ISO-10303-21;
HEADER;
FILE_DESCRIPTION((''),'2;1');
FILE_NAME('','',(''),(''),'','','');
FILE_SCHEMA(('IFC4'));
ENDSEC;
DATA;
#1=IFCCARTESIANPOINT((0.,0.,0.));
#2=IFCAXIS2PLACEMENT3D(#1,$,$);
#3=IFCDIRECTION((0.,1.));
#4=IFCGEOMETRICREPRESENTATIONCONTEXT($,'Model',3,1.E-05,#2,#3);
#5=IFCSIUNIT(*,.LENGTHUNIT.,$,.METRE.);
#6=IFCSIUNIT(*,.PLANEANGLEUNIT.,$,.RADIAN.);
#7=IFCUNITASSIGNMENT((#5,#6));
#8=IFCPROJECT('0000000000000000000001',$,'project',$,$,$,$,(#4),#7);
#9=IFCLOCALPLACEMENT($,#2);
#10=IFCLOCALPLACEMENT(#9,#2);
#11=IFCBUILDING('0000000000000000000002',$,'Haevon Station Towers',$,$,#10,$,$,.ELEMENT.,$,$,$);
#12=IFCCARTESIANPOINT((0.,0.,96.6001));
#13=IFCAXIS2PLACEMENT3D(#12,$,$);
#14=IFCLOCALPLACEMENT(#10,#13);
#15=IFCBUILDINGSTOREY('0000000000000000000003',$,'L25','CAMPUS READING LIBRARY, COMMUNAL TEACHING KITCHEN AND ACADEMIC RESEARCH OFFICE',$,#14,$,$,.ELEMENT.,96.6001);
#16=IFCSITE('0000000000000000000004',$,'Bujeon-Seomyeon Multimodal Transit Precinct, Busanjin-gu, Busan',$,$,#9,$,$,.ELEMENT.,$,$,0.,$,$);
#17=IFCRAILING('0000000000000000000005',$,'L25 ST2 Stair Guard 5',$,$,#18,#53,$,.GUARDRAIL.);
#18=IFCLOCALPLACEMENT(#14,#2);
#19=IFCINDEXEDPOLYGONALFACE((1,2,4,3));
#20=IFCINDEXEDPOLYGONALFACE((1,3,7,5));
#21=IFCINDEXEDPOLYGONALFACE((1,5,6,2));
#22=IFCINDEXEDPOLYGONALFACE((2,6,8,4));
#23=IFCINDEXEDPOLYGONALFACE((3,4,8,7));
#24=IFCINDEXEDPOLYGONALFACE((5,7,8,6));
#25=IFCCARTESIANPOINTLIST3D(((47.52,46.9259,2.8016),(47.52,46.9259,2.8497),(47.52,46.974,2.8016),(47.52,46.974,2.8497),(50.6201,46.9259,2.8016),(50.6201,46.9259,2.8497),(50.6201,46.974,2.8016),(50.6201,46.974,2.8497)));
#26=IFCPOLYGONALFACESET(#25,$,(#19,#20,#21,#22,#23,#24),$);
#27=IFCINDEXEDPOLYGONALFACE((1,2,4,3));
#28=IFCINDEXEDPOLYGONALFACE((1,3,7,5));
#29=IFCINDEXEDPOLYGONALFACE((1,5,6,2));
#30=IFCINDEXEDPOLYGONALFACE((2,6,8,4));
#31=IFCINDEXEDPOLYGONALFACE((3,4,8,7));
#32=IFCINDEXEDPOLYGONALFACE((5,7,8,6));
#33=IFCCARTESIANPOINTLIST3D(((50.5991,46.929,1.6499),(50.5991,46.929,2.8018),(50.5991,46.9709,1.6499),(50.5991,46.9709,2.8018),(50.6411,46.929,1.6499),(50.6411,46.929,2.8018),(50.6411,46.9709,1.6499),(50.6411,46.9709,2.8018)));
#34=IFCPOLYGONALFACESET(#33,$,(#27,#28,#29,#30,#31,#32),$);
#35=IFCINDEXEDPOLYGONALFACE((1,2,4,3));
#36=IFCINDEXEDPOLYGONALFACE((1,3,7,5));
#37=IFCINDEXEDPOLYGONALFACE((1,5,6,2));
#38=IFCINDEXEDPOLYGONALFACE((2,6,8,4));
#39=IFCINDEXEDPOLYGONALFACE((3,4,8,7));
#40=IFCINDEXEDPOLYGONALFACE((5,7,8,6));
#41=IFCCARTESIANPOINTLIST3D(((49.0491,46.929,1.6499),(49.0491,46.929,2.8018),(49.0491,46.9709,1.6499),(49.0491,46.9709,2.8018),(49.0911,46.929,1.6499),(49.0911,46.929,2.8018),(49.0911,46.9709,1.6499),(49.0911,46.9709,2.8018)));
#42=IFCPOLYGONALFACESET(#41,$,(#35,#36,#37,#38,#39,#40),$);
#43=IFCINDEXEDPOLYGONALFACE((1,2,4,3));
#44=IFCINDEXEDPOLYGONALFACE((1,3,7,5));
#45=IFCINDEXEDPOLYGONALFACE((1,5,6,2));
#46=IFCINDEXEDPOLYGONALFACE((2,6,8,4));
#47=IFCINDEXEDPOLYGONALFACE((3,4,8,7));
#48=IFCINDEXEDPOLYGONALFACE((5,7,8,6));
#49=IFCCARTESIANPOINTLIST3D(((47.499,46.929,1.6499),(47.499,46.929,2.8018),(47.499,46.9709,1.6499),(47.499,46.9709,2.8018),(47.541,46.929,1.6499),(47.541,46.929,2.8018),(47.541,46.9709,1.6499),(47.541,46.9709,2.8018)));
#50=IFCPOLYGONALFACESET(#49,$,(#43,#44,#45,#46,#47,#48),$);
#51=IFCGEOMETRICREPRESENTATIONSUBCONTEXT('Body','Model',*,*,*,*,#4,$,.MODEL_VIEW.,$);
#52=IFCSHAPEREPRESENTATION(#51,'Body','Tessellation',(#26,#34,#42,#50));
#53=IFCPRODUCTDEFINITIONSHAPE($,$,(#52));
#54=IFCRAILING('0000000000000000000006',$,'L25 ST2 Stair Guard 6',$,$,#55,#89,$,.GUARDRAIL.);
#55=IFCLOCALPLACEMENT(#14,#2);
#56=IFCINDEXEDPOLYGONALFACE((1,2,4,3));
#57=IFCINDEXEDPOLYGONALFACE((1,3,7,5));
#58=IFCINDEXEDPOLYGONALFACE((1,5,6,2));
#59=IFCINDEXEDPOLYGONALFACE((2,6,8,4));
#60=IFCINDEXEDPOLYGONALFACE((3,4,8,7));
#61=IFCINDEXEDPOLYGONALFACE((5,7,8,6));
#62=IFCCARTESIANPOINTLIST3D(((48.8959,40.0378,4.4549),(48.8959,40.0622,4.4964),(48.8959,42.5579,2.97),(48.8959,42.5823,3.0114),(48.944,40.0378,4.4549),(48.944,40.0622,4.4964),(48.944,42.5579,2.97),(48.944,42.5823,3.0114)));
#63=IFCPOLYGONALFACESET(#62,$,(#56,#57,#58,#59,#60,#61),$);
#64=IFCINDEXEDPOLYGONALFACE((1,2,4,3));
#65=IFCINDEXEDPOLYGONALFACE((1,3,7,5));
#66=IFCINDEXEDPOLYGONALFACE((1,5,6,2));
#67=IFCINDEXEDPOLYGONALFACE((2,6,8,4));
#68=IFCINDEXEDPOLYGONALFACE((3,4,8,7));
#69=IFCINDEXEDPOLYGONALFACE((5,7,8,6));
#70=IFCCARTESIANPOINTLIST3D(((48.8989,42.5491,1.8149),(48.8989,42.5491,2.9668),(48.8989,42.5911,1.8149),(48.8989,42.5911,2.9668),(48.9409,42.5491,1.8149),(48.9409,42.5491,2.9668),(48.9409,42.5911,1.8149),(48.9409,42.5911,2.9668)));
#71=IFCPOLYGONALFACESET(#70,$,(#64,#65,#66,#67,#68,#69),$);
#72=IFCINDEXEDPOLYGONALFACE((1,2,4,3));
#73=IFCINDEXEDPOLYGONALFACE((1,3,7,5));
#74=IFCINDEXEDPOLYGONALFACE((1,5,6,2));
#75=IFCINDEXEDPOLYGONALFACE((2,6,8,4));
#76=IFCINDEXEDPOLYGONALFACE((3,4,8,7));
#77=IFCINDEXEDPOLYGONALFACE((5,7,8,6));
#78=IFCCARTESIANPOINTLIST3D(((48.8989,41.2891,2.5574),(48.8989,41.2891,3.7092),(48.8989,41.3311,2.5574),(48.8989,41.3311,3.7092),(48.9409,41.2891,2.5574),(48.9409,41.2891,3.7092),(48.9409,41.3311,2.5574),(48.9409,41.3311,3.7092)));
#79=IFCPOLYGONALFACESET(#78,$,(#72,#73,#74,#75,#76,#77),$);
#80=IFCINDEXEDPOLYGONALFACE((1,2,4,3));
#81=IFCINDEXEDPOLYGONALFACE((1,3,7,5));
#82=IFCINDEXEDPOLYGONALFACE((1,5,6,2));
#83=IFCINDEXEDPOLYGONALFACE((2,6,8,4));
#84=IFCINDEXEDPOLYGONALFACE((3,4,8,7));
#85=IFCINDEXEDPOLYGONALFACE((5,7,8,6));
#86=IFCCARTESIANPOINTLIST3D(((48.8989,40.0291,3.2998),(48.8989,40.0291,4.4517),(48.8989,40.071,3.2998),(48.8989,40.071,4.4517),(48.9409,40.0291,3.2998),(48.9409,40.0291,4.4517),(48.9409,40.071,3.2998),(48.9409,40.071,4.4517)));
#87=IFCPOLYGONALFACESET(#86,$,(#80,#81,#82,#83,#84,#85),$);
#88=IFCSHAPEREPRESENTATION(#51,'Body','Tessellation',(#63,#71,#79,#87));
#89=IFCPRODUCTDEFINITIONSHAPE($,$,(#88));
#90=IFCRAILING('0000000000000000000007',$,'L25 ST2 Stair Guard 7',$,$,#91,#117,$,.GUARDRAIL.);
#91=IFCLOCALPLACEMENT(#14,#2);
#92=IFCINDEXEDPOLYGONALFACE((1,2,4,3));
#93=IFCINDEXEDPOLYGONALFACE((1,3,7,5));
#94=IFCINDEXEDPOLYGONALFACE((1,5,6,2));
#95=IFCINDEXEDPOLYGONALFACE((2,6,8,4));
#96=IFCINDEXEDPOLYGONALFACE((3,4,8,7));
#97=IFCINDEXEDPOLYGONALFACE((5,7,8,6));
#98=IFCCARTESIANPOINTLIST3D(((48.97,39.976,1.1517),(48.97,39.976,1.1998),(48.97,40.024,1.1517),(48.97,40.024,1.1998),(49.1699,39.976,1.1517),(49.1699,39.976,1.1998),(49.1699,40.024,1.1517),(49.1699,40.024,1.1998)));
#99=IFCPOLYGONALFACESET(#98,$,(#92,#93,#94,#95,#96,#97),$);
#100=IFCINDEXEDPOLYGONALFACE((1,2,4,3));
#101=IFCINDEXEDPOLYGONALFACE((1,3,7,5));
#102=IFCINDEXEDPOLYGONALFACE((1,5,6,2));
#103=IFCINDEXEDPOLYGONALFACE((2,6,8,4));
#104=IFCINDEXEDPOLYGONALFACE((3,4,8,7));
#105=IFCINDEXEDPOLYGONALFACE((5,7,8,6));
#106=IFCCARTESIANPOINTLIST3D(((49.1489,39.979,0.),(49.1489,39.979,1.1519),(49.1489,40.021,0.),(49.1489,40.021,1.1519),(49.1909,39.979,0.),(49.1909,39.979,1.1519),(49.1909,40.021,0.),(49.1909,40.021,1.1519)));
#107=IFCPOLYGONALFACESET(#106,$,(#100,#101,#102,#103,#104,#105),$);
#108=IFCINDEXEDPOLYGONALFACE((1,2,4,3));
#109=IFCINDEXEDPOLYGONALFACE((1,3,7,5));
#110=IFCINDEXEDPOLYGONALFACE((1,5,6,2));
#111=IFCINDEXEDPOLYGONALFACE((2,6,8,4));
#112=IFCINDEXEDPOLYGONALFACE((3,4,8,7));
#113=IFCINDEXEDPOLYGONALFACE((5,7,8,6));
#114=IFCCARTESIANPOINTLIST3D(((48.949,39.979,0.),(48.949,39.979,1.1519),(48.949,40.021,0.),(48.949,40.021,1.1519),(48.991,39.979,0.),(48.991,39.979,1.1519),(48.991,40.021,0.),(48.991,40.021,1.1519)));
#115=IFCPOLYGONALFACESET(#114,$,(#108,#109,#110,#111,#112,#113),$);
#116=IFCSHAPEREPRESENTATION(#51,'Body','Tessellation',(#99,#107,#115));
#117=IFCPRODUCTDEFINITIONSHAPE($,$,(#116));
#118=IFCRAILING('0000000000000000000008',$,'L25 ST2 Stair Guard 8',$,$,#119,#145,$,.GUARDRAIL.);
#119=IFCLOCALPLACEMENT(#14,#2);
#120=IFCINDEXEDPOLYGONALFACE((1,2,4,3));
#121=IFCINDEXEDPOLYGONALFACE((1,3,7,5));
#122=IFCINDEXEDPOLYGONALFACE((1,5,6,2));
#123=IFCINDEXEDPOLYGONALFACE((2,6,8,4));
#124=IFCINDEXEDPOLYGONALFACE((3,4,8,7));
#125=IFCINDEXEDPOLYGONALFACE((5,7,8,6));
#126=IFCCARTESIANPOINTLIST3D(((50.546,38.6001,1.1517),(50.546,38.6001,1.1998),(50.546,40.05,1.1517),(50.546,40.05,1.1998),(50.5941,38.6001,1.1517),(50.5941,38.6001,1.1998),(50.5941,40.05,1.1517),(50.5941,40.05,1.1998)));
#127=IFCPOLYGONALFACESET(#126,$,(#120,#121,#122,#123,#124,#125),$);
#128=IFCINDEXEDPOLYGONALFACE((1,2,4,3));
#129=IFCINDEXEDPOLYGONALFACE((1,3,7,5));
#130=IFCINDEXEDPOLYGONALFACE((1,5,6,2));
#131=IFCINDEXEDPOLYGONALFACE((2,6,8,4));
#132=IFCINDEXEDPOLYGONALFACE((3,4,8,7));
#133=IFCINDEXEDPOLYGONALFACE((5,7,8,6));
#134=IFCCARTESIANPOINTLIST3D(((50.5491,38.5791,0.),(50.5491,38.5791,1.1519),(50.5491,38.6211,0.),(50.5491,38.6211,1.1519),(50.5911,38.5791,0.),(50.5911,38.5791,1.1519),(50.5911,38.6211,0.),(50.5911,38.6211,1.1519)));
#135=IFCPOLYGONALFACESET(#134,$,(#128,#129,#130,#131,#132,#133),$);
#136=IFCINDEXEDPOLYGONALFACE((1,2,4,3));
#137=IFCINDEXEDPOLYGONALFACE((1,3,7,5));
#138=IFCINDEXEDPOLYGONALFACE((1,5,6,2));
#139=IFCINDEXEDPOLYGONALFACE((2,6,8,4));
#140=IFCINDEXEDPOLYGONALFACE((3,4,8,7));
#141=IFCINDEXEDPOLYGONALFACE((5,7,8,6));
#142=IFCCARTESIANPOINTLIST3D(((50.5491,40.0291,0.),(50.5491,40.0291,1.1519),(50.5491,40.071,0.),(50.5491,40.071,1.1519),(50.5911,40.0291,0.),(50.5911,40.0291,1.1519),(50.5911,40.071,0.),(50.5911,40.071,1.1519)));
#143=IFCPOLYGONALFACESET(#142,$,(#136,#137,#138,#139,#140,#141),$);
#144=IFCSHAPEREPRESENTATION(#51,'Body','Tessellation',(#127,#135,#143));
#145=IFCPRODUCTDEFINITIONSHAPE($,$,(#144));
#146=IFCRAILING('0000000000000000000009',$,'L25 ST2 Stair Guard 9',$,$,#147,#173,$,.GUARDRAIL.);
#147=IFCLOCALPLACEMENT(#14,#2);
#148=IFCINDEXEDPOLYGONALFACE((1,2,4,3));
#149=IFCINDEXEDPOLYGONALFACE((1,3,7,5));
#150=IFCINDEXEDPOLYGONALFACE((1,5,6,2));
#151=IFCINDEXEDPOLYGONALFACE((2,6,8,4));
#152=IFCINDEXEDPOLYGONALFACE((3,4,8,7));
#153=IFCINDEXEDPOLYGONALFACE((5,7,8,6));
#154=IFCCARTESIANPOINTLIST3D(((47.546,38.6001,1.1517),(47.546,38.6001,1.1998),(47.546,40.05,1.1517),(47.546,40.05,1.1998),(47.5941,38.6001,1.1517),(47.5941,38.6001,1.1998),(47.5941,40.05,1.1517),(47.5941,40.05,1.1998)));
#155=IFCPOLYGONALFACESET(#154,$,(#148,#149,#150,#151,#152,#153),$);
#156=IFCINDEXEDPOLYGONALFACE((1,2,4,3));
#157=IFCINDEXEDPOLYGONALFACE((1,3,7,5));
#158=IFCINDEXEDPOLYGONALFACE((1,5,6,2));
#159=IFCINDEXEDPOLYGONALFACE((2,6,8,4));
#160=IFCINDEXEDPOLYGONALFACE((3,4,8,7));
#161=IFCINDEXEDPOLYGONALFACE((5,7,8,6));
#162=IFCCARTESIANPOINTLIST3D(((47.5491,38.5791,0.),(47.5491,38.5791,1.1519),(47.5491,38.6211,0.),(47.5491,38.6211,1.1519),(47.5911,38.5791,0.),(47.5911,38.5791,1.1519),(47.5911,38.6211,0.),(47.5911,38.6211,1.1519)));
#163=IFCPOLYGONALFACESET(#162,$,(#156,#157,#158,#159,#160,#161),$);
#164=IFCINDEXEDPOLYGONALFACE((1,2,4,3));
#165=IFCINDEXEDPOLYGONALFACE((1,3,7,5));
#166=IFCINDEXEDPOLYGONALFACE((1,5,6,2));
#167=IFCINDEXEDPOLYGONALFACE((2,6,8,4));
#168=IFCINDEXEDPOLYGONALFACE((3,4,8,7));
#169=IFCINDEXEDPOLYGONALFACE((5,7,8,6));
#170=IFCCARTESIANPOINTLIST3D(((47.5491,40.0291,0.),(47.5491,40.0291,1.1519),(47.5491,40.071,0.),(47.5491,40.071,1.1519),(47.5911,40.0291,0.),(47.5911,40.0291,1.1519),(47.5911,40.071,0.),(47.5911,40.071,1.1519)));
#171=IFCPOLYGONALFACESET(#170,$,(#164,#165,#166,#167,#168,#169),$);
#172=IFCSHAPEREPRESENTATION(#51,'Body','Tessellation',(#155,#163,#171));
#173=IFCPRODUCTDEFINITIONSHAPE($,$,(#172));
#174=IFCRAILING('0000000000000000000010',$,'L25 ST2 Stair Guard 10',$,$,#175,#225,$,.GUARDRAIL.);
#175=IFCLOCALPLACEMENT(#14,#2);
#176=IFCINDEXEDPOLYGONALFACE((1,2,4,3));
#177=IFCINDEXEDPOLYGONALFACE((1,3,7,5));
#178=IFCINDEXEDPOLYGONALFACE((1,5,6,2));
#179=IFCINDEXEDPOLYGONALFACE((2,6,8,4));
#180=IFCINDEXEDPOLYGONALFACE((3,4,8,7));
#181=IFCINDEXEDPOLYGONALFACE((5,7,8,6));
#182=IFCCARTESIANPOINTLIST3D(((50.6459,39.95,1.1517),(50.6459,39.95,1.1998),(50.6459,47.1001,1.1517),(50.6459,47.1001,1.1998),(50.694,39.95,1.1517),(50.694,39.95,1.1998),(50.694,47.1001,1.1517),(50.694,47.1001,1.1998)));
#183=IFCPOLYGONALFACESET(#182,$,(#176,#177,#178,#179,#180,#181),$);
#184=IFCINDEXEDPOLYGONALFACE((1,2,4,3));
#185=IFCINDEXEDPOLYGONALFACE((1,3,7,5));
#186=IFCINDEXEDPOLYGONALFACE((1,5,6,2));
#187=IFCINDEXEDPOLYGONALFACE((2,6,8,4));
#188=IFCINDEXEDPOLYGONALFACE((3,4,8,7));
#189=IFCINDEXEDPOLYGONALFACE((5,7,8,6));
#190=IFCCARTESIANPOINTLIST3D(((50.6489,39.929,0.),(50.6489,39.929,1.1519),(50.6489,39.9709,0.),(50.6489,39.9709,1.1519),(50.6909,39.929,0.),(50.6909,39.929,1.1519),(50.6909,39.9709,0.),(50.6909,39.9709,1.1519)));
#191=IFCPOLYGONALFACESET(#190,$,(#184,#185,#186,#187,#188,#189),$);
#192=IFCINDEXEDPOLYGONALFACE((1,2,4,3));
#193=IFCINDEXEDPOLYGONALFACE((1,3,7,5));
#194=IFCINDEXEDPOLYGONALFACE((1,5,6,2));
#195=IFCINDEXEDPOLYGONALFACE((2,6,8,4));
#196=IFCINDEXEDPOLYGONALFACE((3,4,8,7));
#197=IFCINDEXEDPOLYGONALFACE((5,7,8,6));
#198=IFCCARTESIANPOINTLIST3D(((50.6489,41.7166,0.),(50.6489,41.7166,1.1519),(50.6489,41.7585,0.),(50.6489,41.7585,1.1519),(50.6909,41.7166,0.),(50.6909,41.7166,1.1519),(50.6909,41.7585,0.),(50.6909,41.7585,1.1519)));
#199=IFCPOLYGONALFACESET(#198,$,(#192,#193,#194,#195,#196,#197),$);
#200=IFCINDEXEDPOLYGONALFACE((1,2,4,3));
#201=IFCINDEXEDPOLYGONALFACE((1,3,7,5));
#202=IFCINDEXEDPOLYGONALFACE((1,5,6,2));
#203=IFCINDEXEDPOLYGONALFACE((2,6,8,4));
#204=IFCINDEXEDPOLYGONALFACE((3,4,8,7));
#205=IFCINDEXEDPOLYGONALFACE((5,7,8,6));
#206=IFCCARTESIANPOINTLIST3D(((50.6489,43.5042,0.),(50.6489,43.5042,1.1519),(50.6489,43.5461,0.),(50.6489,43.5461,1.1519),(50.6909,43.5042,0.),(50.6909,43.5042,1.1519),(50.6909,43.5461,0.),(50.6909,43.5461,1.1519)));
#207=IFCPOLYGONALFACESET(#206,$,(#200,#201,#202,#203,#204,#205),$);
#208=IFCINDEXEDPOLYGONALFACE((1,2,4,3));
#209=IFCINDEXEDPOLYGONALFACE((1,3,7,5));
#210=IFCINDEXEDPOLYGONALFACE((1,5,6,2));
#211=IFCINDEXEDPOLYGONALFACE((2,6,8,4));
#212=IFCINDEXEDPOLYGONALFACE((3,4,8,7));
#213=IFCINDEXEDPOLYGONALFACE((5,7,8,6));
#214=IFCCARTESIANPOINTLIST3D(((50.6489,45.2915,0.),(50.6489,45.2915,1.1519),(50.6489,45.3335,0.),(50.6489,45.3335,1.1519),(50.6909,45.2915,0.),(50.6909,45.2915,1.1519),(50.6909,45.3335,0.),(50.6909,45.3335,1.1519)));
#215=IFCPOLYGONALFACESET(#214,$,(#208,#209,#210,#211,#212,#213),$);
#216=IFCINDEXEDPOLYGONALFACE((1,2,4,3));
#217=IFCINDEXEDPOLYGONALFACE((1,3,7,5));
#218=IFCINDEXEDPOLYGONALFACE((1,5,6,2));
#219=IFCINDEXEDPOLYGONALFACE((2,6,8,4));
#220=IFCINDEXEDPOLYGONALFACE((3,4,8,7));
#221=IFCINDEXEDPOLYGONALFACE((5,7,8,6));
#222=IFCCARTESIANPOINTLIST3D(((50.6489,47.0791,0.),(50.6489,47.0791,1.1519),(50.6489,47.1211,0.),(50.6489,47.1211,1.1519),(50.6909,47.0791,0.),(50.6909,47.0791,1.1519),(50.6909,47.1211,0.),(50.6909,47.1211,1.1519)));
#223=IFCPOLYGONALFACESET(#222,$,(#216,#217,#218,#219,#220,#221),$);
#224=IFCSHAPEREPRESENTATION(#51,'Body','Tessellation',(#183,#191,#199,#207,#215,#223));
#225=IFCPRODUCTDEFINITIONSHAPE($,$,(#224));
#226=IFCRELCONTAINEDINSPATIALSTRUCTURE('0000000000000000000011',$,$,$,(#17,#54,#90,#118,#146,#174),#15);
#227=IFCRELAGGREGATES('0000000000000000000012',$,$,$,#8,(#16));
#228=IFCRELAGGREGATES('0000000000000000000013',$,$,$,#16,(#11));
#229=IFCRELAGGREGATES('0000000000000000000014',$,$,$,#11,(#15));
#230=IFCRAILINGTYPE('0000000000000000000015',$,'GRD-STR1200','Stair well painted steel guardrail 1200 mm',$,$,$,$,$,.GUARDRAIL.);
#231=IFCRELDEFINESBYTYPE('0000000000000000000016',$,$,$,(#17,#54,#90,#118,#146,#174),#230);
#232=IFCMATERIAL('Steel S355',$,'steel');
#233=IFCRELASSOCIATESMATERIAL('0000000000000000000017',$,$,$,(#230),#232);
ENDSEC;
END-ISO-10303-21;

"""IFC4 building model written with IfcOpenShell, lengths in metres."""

from ifc_helpers import new_model, si_unit, direction, frame, origin, origin_2d, place, context, subcontext, project, spatial, rectangle, extrude, material, type_object, element, save


model = new_model("IFC4")

# Units and contexts
model_context = context("Model", 3, precision=1e-05, world=origin(), true_north=direction((0.0, 1.0)))
body_context = subcontext(model_context, "Body", "Model", "MODEL_VIEW")
ifc_project = project(units=[si_unit("LENGTHUNIT", "METRE"), si_unit("PLANEANGLEUNIT", "RADIAN")], contexts=[model_context])

# Site, building, storey
site_placement = place(None, origin())
site = spatial("IfcSite", under=ifc_project, at=site_placement, Name="Bujeon-Seomyeon Multimodal Transit Precinct, Busanjin-gu, Busan", CompositionType="ELEMENT", RefElevation=0.0)
building_placement = place(site_placement, origin())
building = spatial("IfcBuilding", under=site, at=building_placement, Name="Haevon Station Towers", CompositionType="ELEMENT")
storey_placement = place(building_placement, frame((0.0, 0.0, 96.6001)))
storey = spatial("IfcBuildingStorey", under=building, at=storey_placement, Name="L25", Description="CAMPUS READING LIBRARY, COMMUNAL TEACHING KITCHEN AND ACADEMIC RESEARCH OFFICE", CompositionType="ELEMENT", Elevation=96.6001)

# Shared definitions
ifc_material_1 = material(Name="Steel S355", Category="steel")

# Railings
railing_type_1 = type_object("IfcRailingType", Name="GRD-STR1200", Description="Stair well painted steel guardrail 1200 mm", PredefinedType="GUARDRAIL", material=ifc_material_1)
railing_1_placement = place(storey_placement, frame((50.6201, 46.95, 1.6499)))
element("IfcRailing", 1, at=railing_1_placement, inside=storey, type_object=railing_type_1, Name="L25 ST2 Stair Guard 5", PredefinedType="GUARDRAIL", context=body_context, shape_type="SweptSolid", body=[
    extrude(rectangle(XDim=0.0481, YDim=0.0481, at=origin_2d()), frame((0.0, 0.0, 1.1758), z_axis=(-1.0, 0.0, 0.0), x_axis=(0.0, -1.0, 0.0)), (0.0, 0.0, 1.0), 3.1001),
    extrude(rectangle(XDim=0.042, YDim=0.042, at=origin_2d()), origin(), (0.0, 0.0, 1.0), 1.1519),
    extrude(rectangle(XDim=0.042, YDim=0.042, at=origin_2d()), frame((-1.55, 0.0, 0.0)), (0.0, 0.0, 1.0), 1.1519),
    extrude(rectangle(XDim=0.042, YDim=0.042, at=origin_2d()), frame((-3.1001, 0.0, 0.0)), (0.0, 0.0, 1.0), 1.1519),
])
railing_2_placement = place(storey_placement, frame((48.9199, 42.5701, 1.8149)))
element("IfcRailing", 2, at=railing_2_placement, inside=storey, type_object=railing_type_1, Name="L25 ST2 Stair Guard 6", PredefinedType="GUARDRAIL", context=body_context, shape_type="SweptSolid", body=[
    extrude(rectangle(XDim=0.0481, YDim=0.0481, at=origin_2d()), frame((0.0, 0.0, 1.1758), z_axis=(0.0, -0.861561, 0.507655), x_axis=(1.0, 0.0, 0.0)), (0.0, 0.0, 1.0), 2.925),
    extrude(rectangle(XDim=0.042, YDim=0.042, at=origin_2d()), origin(), (0.0, 0.0, 1.0), 1.1519),
    extrude(rectangle(XDim=0.042, YDim=0.042, at=origin_2d()), frame((0.0, -1.26, 0.7424)), (0.0, 0.0, 1.0), 1.1519),
    extrude(rectangle(XDim=0.042, YDim=0.042, at=origin_2d()), frame((0.0, -2.52, 1.4849)), (0.0, 0.0, 1.0), 1.1519),
])
railing_3_placement = place(storey_placement, frame((49.1699, 40.0, 0.0)))
element("IfcRailing", 3, at=railing_3_placement, inside=storey, type_object=railing_type_1, Name="L25 ST2 Stair Guard 7", PredefinedType="GUARDRAIL", context=body_context, shape_type="SweptSolid", body=[
    extrude(rectangle(XDim=0.0481, YDim=0.0481, at=origin_2d()), frame((0.0, 0.0, 1.1758), z_axis=(-1.0, 0.0, 0.0), x_axis=(0.0, -1.0, 0.0)), (0.0, 0.0, 1.0), 0.2),
    extrude(rectangle(XDim=0.042, YDim=0.042, at=origin_2d()), origin(), (0.0, 0.0, 1.0), 1.1519),
    extrude(rectangle(XDim=0.042, YDim=0.042, at=origin_2d()), frame((-0.2, 0.0, 0.0)), (0.0, 0.0, 1.0), 1.1519),
])
for number, where, name in (
    (4, (50.5701, 38.6001, 0.0), "L25 ST2 Stair Guard 8"),
    (5, (47.5701, 38.6001, 0.0), "L25 ST2 Stair Guard 9"),
):
    element("IfcRailing", number, at=place(storey_placement, frame(where)), inside=storey, type_object=railing_type_1, Name=name, PredefinedType="GUARDRAIL", context=body_context, shape_type="SweptSolid", body=[
        extrude(rectangle(XDim=0.0481, YDim=0.0481, at=origin_2d()), frame((0.0, 0.0, 1.1758), z_axis=(0.0, 1.0, 0.0), x_axis=(-1.0, 0.0, 0.0)), (0.0, 0.0, 1.0), 1.45),
        extrude(rectangle(XDim=0.042, YDim=0.042, at=origin_2d()), origin(), (0.0, 0.0, 1.0), 1.1519),
        extrude(rectangle(XDim=0.042, YDim=0.042, at=origin_2d()), frame((0.0, 1.45, 0.0)), (0.0, 0.0, 1.0), 1.1519),
    ])
for number, where, name in (
    (6, (50.6699, 39.95, 0.0), "L25 ST2 Stair Guard 10"),
):
    element("IfcRailing", number, at=place(storey_placement, frame(where)), inside=storey, type_object=railing_type_1, Name=name, PredefinedType="GUARDRAIL", context=body_context, shape_type="SweptSolid", body=[
        extrude(rectangle(XDim=0.0481, YDim=0.0481, at=origin_2d()), frame((0.0, 0.0, 1.1758), z_axis=(0.0, 1.0, 0.0), x_axis=(-1.0, 0.0, 0.0)), (0.0, 0.0, 1.0), 7.1501),
        extrude(rectangle(XDim=0.042, YDim=0.042, at=origin_2d()), origin(), (0.0, 0.0, 1.0), 1.1519),
        extrude(rectangle(XDim=0.042, YDim=0.042, at=origin_2d()), frame((0.0, 1.7876, 0.0)), (0.0, 0.0, 1.0), 1.1519),
        extrude(rectangle(XDim=0.042, YDim=0.042, at=origin_2d()), frame((0.0, 3.5752, 0.0)), (0.0, 0.0, 1.0), 1.1519),
        extrude(rectangle(XDim=0.042, YDim=0.042, at=origin_2d()), frame((0.0, 5.3625, 0.0)), (0.0, 0.0, 1.0), 1.1519),
        extrude(rectangle(XDim=0.042, YDim=0.042, at=origin_2d()), frame((0.0, 7.1501, 0.0)), (0.0, 0.0, 1.0), 1.1519),
    ])

save(model, "model.ifc")
